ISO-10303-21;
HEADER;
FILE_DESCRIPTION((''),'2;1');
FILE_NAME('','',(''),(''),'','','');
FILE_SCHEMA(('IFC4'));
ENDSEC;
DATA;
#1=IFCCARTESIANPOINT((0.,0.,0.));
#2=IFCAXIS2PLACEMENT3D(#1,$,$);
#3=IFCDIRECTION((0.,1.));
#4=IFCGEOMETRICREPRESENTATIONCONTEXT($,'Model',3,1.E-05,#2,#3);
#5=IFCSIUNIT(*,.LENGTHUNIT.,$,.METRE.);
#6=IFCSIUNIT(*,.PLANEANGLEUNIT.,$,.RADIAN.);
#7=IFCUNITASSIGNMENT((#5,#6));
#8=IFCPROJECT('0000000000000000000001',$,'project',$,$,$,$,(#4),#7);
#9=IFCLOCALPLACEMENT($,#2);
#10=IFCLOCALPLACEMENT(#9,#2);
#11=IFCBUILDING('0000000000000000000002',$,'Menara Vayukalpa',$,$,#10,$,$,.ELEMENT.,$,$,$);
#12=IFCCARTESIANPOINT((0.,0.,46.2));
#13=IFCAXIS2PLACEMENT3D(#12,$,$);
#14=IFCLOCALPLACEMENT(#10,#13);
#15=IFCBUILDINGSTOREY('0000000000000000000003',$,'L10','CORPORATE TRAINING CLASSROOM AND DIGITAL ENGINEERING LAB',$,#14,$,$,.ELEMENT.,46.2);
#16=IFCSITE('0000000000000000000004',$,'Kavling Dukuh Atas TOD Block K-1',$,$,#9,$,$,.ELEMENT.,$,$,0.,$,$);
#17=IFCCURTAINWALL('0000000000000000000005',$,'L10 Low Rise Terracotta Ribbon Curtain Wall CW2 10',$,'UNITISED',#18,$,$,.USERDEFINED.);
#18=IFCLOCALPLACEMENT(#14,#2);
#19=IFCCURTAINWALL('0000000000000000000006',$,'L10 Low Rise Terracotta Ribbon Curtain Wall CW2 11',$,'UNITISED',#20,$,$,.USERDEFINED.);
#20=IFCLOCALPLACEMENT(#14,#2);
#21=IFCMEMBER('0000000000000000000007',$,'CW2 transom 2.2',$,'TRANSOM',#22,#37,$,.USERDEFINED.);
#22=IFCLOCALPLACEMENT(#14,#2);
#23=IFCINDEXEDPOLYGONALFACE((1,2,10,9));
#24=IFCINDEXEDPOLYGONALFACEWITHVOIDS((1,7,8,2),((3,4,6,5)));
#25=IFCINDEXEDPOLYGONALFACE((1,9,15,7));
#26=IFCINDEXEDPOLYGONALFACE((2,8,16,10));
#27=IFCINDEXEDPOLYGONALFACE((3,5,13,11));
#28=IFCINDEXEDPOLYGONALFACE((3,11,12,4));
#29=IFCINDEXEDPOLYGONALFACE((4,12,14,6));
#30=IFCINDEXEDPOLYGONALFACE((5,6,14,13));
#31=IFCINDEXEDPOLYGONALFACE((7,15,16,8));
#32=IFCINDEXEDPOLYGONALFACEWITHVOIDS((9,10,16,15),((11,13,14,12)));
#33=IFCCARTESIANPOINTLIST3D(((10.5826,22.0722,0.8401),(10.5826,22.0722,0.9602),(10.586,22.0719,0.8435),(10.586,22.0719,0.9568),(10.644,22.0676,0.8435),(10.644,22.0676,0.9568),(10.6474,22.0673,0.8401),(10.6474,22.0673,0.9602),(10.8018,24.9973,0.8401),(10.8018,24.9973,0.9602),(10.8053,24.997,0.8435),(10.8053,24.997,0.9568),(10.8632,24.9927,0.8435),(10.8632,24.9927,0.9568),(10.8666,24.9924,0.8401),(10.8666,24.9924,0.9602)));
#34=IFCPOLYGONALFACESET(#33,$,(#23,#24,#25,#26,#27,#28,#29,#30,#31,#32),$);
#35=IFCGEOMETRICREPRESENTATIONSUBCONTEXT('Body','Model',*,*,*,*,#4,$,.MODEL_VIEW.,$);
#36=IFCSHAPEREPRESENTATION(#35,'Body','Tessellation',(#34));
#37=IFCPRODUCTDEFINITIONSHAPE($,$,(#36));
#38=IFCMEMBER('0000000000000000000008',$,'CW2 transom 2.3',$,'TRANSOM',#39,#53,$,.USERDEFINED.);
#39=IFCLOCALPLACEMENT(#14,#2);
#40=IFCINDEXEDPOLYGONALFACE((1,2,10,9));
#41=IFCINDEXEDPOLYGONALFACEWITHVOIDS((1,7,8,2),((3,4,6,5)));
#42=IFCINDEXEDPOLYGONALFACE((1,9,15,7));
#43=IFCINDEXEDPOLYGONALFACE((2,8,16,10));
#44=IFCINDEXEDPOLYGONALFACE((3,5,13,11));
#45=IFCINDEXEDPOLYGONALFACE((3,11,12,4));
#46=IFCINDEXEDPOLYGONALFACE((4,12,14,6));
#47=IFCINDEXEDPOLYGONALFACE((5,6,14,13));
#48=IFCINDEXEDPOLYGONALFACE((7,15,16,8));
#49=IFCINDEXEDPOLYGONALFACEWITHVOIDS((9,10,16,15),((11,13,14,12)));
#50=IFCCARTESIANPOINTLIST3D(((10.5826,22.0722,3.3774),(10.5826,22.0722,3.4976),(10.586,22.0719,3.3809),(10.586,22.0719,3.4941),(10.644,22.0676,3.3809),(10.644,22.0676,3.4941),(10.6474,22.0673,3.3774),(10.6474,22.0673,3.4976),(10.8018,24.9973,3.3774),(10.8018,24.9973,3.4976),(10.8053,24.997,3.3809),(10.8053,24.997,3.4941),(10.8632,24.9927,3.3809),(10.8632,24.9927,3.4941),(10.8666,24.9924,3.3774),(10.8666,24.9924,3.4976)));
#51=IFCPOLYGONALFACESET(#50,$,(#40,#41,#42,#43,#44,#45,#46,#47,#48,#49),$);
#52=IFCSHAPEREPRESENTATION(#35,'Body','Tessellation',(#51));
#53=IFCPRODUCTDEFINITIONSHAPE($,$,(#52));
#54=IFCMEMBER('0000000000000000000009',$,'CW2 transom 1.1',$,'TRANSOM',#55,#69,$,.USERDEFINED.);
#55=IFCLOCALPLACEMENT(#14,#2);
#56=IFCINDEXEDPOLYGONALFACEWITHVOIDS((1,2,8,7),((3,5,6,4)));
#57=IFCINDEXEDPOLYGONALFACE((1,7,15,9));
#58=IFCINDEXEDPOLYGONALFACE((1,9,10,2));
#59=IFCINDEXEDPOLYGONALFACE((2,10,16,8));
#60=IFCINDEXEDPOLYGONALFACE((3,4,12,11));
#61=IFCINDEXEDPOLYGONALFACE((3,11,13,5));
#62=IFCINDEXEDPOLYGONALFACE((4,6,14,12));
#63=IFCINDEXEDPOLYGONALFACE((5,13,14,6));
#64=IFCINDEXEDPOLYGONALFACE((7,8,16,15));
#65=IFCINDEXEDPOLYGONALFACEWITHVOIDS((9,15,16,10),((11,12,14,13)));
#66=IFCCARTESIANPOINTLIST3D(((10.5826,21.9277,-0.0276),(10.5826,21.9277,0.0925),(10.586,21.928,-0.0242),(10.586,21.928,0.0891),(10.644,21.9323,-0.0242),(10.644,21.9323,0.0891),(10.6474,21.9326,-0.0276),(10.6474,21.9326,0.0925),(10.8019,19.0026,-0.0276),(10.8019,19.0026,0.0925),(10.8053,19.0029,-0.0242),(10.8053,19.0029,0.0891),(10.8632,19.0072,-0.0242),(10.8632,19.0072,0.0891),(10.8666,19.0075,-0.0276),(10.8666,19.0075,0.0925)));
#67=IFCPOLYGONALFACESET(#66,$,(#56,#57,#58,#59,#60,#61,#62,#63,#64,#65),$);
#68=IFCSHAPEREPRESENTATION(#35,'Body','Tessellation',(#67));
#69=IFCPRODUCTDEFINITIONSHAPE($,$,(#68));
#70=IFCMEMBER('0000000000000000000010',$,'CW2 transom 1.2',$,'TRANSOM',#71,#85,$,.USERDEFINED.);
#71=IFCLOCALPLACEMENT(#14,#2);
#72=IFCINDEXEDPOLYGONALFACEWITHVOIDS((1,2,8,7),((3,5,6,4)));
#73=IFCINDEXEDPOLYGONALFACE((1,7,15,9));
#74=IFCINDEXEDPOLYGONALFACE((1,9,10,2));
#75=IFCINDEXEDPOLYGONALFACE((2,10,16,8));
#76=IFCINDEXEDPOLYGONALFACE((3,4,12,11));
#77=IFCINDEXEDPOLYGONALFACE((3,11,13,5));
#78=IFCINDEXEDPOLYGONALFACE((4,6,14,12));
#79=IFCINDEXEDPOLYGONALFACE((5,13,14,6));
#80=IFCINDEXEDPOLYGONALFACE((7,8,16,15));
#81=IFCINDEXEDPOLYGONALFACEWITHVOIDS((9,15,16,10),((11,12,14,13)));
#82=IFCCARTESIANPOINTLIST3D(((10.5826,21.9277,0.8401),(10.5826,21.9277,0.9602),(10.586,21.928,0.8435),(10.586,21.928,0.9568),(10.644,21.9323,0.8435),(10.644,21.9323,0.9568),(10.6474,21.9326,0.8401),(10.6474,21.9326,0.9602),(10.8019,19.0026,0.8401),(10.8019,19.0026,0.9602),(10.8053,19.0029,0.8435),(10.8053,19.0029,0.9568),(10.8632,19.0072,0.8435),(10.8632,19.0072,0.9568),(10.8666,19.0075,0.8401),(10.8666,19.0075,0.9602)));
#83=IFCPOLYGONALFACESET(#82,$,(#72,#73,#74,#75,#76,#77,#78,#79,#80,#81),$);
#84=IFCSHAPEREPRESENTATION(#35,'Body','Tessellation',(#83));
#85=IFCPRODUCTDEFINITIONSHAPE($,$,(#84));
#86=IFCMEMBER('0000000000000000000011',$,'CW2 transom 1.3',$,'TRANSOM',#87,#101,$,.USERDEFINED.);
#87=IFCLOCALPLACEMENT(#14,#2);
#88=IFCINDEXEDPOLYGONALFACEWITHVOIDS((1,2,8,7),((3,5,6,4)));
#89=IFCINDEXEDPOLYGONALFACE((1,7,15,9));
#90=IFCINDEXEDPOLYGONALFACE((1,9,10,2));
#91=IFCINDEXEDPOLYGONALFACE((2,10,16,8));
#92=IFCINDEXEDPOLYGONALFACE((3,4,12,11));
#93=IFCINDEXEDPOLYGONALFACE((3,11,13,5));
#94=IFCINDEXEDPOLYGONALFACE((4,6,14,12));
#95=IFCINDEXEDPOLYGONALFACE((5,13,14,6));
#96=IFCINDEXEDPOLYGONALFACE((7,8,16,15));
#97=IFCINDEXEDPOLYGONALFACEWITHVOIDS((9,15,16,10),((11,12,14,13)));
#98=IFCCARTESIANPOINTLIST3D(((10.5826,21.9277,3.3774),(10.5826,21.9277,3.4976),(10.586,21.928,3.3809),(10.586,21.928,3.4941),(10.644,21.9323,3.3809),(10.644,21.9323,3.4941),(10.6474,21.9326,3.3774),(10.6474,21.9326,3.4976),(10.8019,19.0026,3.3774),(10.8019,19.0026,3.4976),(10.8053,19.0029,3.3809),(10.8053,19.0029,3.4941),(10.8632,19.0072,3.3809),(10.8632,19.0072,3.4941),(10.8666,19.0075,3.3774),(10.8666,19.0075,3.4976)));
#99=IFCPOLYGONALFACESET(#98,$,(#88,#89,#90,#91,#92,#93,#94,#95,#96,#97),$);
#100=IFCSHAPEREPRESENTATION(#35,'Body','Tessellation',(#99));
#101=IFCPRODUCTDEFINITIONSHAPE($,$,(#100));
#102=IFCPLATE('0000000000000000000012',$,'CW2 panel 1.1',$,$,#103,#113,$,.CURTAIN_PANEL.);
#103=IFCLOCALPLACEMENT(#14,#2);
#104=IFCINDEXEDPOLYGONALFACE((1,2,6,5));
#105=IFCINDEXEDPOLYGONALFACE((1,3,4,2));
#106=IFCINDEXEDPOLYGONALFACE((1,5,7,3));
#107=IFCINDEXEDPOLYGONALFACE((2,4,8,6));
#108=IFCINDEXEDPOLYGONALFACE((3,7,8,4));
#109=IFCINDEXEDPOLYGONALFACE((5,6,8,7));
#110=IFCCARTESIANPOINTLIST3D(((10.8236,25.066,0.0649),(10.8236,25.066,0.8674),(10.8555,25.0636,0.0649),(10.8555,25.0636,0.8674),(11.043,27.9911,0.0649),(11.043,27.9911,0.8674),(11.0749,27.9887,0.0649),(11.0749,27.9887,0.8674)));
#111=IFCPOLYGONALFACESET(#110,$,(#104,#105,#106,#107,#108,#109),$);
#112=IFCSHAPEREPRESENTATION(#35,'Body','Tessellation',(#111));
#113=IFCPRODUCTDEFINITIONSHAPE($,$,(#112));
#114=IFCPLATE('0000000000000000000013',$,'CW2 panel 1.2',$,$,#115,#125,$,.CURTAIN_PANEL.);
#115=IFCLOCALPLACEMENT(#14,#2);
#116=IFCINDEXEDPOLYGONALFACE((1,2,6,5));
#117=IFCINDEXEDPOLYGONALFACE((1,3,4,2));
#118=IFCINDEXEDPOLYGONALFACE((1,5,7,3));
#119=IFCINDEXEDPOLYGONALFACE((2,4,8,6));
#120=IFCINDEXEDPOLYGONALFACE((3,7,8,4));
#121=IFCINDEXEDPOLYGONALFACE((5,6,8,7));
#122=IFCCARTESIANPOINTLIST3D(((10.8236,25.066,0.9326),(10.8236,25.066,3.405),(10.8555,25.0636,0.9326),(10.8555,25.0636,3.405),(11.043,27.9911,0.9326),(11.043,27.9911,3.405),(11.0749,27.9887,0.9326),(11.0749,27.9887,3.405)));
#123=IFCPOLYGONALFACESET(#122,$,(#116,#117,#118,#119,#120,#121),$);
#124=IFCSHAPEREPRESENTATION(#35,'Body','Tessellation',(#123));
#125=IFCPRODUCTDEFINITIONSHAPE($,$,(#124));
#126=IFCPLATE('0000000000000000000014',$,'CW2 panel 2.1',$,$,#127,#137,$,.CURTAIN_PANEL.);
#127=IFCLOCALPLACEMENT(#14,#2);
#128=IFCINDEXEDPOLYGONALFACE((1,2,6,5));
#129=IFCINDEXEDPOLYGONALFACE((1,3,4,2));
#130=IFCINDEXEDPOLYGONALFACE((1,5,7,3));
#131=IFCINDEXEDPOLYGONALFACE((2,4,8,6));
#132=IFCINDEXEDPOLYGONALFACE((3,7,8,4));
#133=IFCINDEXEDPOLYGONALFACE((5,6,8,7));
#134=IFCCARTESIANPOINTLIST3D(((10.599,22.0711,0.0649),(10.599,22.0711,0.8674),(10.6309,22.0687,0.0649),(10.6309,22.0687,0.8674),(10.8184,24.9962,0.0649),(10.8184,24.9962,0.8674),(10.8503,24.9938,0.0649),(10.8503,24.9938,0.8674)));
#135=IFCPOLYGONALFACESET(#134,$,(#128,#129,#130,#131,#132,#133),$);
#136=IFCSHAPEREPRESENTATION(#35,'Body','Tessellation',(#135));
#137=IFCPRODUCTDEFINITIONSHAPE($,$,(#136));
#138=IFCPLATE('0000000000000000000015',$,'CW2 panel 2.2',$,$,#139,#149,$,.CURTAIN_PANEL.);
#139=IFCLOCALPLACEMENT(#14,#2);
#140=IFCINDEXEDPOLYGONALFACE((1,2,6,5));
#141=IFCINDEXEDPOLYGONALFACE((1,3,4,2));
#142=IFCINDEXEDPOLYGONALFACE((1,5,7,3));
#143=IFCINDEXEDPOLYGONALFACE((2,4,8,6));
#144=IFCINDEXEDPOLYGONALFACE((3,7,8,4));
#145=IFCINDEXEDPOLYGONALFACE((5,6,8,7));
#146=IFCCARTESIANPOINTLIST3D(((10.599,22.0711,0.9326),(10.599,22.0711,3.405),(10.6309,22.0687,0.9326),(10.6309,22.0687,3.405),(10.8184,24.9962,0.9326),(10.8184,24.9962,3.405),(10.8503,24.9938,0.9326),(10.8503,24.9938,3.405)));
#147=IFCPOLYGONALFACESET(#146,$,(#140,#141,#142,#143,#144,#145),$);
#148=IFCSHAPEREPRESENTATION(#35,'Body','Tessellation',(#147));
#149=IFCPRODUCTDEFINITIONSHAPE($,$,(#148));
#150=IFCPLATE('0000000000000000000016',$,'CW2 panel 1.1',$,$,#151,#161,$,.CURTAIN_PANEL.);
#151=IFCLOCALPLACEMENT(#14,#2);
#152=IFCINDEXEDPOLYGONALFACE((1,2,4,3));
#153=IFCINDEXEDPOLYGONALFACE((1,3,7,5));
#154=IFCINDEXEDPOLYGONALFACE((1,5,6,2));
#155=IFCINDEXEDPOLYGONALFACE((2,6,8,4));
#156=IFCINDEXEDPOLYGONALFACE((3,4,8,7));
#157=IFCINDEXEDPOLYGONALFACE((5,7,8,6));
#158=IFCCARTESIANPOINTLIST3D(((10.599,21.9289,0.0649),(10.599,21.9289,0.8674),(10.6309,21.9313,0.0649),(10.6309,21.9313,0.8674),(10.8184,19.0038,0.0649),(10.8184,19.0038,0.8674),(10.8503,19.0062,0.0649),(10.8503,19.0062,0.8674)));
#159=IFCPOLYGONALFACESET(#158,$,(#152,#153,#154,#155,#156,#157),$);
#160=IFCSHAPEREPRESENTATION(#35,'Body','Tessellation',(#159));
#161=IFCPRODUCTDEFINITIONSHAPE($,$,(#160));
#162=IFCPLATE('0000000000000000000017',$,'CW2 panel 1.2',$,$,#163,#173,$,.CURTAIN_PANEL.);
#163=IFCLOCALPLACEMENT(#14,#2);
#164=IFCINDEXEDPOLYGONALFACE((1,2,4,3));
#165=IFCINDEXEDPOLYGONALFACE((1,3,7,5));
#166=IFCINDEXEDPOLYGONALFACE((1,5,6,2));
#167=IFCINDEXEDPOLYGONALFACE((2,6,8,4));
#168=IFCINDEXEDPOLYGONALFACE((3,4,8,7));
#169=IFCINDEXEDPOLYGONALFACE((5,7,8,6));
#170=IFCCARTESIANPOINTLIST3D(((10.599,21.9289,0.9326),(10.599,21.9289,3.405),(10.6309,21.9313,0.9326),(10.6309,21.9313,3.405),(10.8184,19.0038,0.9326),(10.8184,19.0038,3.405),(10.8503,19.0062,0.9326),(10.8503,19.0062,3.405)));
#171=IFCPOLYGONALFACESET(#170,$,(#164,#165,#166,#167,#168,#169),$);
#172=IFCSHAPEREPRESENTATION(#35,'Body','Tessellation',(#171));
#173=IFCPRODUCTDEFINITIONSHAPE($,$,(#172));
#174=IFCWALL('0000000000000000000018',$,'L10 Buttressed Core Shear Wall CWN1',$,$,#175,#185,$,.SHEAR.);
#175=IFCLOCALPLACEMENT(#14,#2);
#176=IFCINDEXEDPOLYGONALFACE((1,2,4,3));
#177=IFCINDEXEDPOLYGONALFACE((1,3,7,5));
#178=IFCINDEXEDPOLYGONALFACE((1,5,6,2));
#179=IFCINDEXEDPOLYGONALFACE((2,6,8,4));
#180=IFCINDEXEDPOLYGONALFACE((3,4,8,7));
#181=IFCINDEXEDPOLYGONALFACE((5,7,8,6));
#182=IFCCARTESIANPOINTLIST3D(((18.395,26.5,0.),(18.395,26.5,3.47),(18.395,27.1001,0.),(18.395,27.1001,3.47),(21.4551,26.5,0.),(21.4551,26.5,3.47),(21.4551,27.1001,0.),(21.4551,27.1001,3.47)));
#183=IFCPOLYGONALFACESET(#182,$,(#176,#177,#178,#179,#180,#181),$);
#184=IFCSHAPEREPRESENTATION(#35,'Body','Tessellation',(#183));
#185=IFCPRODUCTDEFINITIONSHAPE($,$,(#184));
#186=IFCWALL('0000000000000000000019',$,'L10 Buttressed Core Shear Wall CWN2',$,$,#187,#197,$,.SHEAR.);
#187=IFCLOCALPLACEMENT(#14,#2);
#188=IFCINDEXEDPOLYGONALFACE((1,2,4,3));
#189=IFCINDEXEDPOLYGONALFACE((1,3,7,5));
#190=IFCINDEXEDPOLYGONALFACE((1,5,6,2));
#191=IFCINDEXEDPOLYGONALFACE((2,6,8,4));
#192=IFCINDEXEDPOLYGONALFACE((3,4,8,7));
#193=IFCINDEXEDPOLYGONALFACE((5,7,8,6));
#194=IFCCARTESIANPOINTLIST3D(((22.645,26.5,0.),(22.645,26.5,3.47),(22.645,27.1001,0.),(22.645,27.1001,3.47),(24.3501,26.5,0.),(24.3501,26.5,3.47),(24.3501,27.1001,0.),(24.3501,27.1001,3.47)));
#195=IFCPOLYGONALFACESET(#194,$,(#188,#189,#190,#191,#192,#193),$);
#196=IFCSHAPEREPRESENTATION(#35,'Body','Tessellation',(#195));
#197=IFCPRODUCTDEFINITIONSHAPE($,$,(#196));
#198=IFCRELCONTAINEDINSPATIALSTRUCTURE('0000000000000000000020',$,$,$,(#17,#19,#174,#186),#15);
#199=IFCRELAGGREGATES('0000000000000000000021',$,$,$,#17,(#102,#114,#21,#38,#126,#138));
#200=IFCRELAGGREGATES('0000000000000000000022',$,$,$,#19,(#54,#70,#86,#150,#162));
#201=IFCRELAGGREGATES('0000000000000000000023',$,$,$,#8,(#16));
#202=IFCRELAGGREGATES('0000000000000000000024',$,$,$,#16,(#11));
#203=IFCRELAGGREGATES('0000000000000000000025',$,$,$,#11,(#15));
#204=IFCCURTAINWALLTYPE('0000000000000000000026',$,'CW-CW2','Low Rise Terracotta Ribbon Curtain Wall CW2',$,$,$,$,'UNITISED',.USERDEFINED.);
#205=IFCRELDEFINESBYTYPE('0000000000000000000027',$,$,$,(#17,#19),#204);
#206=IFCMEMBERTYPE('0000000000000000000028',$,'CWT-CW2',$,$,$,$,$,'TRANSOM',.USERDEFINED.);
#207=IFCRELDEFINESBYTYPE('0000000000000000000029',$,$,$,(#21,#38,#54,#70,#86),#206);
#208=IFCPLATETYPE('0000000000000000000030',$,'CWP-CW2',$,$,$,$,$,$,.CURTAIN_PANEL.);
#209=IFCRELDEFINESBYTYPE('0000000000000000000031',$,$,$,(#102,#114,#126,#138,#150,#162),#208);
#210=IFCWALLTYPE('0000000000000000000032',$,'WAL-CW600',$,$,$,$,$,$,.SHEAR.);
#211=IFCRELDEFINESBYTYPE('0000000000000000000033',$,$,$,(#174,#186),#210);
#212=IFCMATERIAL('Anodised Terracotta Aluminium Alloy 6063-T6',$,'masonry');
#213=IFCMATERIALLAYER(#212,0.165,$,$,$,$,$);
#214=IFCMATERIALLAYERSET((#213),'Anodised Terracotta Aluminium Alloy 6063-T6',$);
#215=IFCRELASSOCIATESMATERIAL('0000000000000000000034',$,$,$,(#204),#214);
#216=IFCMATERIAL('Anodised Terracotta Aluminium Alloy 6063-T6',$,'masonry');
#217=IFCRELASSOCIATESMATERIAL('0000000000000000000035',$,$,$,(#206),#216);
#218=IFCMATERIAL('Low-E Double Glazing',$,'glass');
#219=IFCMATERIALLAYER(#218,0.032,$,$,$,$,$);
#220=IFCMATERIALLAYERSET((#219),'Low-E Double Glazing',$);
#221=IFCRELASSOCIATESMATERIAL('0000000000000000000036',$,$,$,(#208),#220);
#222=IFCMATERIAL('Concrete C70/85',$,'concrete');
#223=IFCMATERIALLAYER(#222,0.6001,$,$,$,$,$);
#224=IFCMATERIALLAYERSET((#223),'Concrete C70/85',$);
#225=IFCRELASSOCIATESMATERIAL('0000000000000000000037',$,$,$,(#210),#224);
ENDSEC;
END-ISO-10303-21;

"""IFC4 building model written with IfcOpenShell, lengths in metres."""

from ifc_helpers import new_model, si_unit, direction, frame, frame_2d, origin, origin_2d, place, context, subcontext, project, spatial, rectangle, hollow_rectangle, extrude, material, layer, layer_set, material_profile, profile_set, type_object, element, aggregate, save


model = new_model("IFC4")

# Units and contexts
model_context = context("Model", 3, precision=1e-05, world=origin(), true_north=direction((0.0, 1.0)))
body_context = subcontext(model_context, "Body", "Model", "MODEL_VIEW")
ifc_project = project(units=[si_unit("LENGTHUNIT", "METRE"), si_unit("PLANEANGLEUNIT", "RADIAN")], contexts=[model_context])

# Site, building, storey
site_placement = place(None, origin())
site = spatial("IfcSite", under=ifc_project, at=site_placement, Name="Kavling Dukuh Atas TOD Block K-1", CompositionType="ELEMENT", RefElevation=0.0)
building_placement = place(site_placement, origin())
building = spatial("IfcBuilding", under=site, at=building_placement, Name="Menara Vayukalpa", CompositionType="ELEMENT")
storey_placement = place(building_placement, frame((0.0, 0.0, 46.2)))
storey = spatial("IfcBuildingStorey", under=building, at=storey_placement, Name="L10", Description="CORPORATE TRAINING CLASSROOM AND DIGITAL ENGINEERING LAB", CompositionType="ELEMENT", Elevation=46.2)

# Curtain wall
ifc_material_1 = material(Name="Anodised Terracotta Aluminium Alloy 6063-T6", Category="masonry")
ifc_layer_1 = layer(ifc_material_1, 0.165)
ifc_layer_set_1 = layer_set([ifc_layer_1], Name="Anodised Terracotta Aluminium Alloy 6063-T6")
curtain_wall_type = type_object("IfcCurtainWallType", Name="CW-CW2", Description="Low Rise Terracotta Ribbon Curtain Wall CW2", ElementType="UNITISED", PredefinedType="USERDEFINED", material=ifc_layer_set_1)
curtain_wall_1_placement = place(storey_placement, origin())
curtain_wall_1 = element("IfcCurtainWall", 1, at=curtain_wall_1_placement, inside=storey, type_object=curtain_wall_type, Name="L10 Low Rise Terracotta Ribbon Curtain Wall CW2 10", ObjectType="UNITISED", PredefinedType="USERDEFINED")

# Curtain wall
curtain_wall_2_placement = place(storey_placement, origin())
curtain_wall_2 = element("IfcCurtainWall", 2, at=curtain_wall_2_placement, inside=storey, type_object=curtain_wall_type, Name="L10 Low Rise Terracotta Ribbon Curtain Wall CW2 11", ObjectType="UNITISED", PredefinedType="USERDEFINED")

# Members
ifc_material_2 = material(Name="Anodised Terracotta Aluminium Alloy 6063-T6", Category="masonry")
ifc_material_profile_1 = material_profile(ifc_material_2, hollow_rectangle(XDim=0.0649, YDim=0.1201, WallThickness=0.0034, at=origin_2d()), Name="ALU 65x120x3.5")
ifc_profile_set_1 = profile_set([ifc_material_profile_1], Name="Anodised Terracotta Aluminium Alloy 6063-T6")
member_type_1 = type_object("IfcMemberType", Name="CWT-CW2", ElementType="TRANSOM", PredefinedType="USERDEFINED", material=ifc_profile_set_1)
member_1_placement = place(storey_placement, frame((10.8342, 24.9949, 0.9001), z_axis=(-0.074742, -0.997203, 0.0), x_axis=(0.997203, -0.074742, 0.0)))
member_1 = element("IfcMember", 3, at=member_1_placement, type_object=member_type_1, Name="CW2 transom 2.2", ObjectType="TRANSOM", PredefinedType="USERDEFINED", context=body_context, shape_type="SweptSolid", body=[
    extrude(hollow_rectangle(XDim=0.0649, YDim=0.1201, WallThickness=0.0034, at=origin_2d()), origin(), (0.0, 0.0, 1.0), 2.9333),
])
member_2_placement = place(storey_placement, frame((10.8342, 24.9949, 3.4375), z_axis=(-0.074742, -0.997203, 0.0), x_axis=(0.997203, -0.074742, 0.0)))
member_2 = element("IfcMember", 4, at=member_2_placement, type_object=member_type_1, Name="CW2 transom 2.3", ObjectType="TRANSOM", PredefinedType="USERDEFINED", context=body_context, shape_type="SweptSolid", body=[
    extrude(hollow_rectangle(XDim=0.0649, YDim=0.1201, WallThickness=0.0034, at=origin_2d()), origin(), (0.0, 0.0, 1.0), 2.9333),
])
member_3_placement = place(storey_placement, frame((10.615, 21.9302, 0.0325), z_axis=(0.074742, -0.997203, 0.0), x_axis=(0.997203, 0.074742, 0.0)))
member_3 = element("IfcMember", 5, at=member_3_placement, type_object=member_type_1, Name="CW2 transom 1.1", ObjectType="TRANSOM", PredefinedType="USERDEFINED", context=body_context, shape_type="SweptSolid", body=[
    extrude(hollow_rectangle(XDim=0.0649, YDim=0.1201, WallThickness=0.0034, at=origin_2d()), origin(), (0.0, 0.0, 1.0), 2.9333),
])
member_4_placement = place(storey_placement, frame((10.615, 21.9302, 0.9001), z_axis=(0.074742, -0.997203, 0.0), x_axis=(0.997203, 0.074742, 0.0)))
member_4 = element("IfcMember", 6, at=member_4_placement, type_object=member_type_1, Name="CW2 transom 1.2", ObjectType="TRANSOM", PredefinedType="USERDEFINED", context=body_context, shape_type="SweptSolid", body=[
    extrude(hollow_rectangle(XDim=0.0649, YDim=0.1201, WallThickness=0.0034, at=origin_2d()), origin(), (0.0, 0.0, 1.0), 2.9333),
])
member_5_placement = place(storey_placement, frame((10.615, 21.9302, 3.4375), z_axis=(0.074742, -0.997203, 0.0), x_axis=(0.997203, 0.074742, 0.0)))
member_5 = element("IfcMember", 7, at=member_5_placement, type_object=member_type_1, Name="CW2 transom 1.3", ObjectType="TRANSOM", PredefinedType="USERDEFINED", context=body_context, shape_type="SweptSolid", body=[
    extrude(hollow_rectangle(XDim=0.0649, YDim=0.1201, WallThickness=0.0034, at=origin_2d()), origin(), (0.0, 0.0, 1.0), 2.9333),
])

# Plates
ifc_material_3 = material(Name="Low-E Double Glazing", Category="glass")
ifc_layer_2 = layer(ifc_material_3, 0.032)
ifc_layer_set_2 = layer_set([ifc_layer_2], Name="Low-E Double Glazing")
plate_type = type_object("IfcPlateType", Name="CWP-CW2", PredefinedType="CURTAIN_PANEL", material=ifc_layer_set_2)
plate_1_placement = place(storey_placement, frame((10.9492, 26.5273, 0.0649), z_axis=(0.0, 0.0, 1.0), x_axis=(-0.074795, -0.997199, 0.0)))
plate_1 = element("IfcPlate", 8, at=plate_1_placement, type_object=plate_type, Name="CW2 panel 1.1", PredefinedType="CURTAIN_PANEL", context=body_context, shape_type="SweptSolid", body=[
    extrude(rectangle(XDim=2.9333, YDim=0.032, at=origin_2d()), origin(), (0.0, 0.0, 1.0), 0.8025),
])
plate_2_placement = place(storey_placement, frame((10.9492, 26.5273, 0.9326), z_axis=(0.0, 0.0, 1.0), x_axis=(-0.074795, -0.997199, 0.0)))
plate_2 = element("IfcPlate", 9, at=plate_2_placement, type_object=plate_type, Name="CW2 panel 1.2", PredefinedType="CURTAIN_PANEL", context=body_context, shape_type="SweptSolid", body=[
    extrude(rectangle(XDim=2.9333, YDim=0.032, at=origin_2d()), origin(), (0.0, 0.0, 1.0), 2.4724),
])
plate_3_placement = place(storey_placement, frame((10.7246, 23.5325, 0.0649), z_axis=(0.0, 0.0, 1.0), x_axis=(-0.074795, -0.997199, 0.0)))
plate_3 = element("IfcPlate", 10, at=plate_3_placement, type_object=plate_type, Name="CW2 panel 2.1", PredefinedType="CURTAIN_PANEL", context=body_context, shape_type="SweptSolid", body=[
    extrude(rectangle(XDim=2.9333, YDim=0.032, at=origin_2d()), origin(), (0.0, 0.0, 1.0), 0.8025),
])
plate_4_placement = place(storey_placement, frame((10.7246, 23.5325, 0.9326), z_axis=(0.0, 0.0, 1.0), x_axis=(-0.074795, -0.997199, 0.0)))
plate_4 = element("IfcPlate", 11, at=plate_4_placement, type_object=plate_type, Name="CW2 panel 2.2", PredefinedType="CURTAIN_PANEL", context=body_context, shape_type="SweptSolid", body=[
    extrude(rectangle(XDim=2.9333, YDim=0.032, at=origin_2d()), origin(), (0.0, 0.0, 1.0), 2.4724),
])
aggregate(curtain_wall_1, [plate_1, plate_2, member_1, member_2, plate_3, plate_4])
plate_5_placement = place(storey_placement, frame((10.7246, 20.4675, 0.0649), z_axis=(0.0, 0.0, 1.0), x_axis=(0.074795, -0.997199, 0.0)))
plate_5 = element("IfcPlate", 12, at=plate_5_placement, type_object=plate_type, Name="CW2 panel 1.1", PredefinedType="CURTAIN_PANEL", context=body_context, shape_type="SweptSolid", body=[
    extrude(rectangle(XDim=2.9333, YDim=0.032, at=origin_2d()), origin(), (0.0, 0.0, 1.0), 0.8025),
])
plate_6_placement = place(storey_placement, frame((10.7246, 20.4675, 0.9326), z_axis=(0.0, 0.0, 1.0), x_axis=(0.074795, -0.997199, 0.0)))
plate_6 = element("IfcPlate", 13, at=plate_6_placement, type_object=plate_type, Name="CW2 panel 1.2", PredefinedType="CURTAIN_PANEL", context=body_context, shape_type="SweptSolid", body=[
    extrude(rectangle(XDim=2.9333, YDim=0.032, at=origin_2d()), origin(), (0.0, 0.0, 1.0), 2.4724),
])
aggregate(curtain_wall_2, [member_3, member_4, member_5, plate_5, plate_6])

# Walls
ifc_material_4 = material(Name="Concrete C70/85", Category="concrete")
ifc_layer_3 = layer(ifc_material_4, 0.6001)
ifc_layer_set_3 = layer_set([ifc_layer_3], Name="Concrete C70/85")
wall_type_1 = type_object("IfcWallType", Name="WAL-CW600", PredefinedType="SHEAR", material=ifc_layer_set_3)
wall_1_placement = place(storey_placement, frame((18.395, 26.8, 0.0), z_axis=(0.0, 0.0, 1.0), x_axis=(1.0, 0.0, 0.0)))
element("IfcWall", 14, at=wall_1_placement, inside=storey, type_object=wall_type_1, Name="L10 Buttressed Core Shear Wall CWN1", PredefinedType="SHEAR", context=body_context, shape_type="SweptSolid", body=[
    extrude(rectangle(XDim=3.0601, YDim=0.6001, at=frame_2d((1.53, 0.0))), origin(), (0.0, 0.0, 1.0), 3.47),
])
wall_2_placement = place(storey_placement, frame((22.645, 26.8, 0.0), z_axis=(0.0, 0.0, 1.0), x_axis=(1.0, 0.0, 0.0)))
element("IfcWall", 15, at=wall_2_placement, inside=storey, type_object=wall_type_1, Name="L10 Buttressed Core Shear Wall CWN2", PredefinedType="SHEAR", context=body_context, shape_type="SweptSolid", body=[
    extrude(rectangle(XDim=1.7051, YDim=0.6001, at=frame_2d((0.8525, 0.0))), origin(), (0.0, 0.0, 1.0), 3.47),
])

save(model, "model.ifc")
